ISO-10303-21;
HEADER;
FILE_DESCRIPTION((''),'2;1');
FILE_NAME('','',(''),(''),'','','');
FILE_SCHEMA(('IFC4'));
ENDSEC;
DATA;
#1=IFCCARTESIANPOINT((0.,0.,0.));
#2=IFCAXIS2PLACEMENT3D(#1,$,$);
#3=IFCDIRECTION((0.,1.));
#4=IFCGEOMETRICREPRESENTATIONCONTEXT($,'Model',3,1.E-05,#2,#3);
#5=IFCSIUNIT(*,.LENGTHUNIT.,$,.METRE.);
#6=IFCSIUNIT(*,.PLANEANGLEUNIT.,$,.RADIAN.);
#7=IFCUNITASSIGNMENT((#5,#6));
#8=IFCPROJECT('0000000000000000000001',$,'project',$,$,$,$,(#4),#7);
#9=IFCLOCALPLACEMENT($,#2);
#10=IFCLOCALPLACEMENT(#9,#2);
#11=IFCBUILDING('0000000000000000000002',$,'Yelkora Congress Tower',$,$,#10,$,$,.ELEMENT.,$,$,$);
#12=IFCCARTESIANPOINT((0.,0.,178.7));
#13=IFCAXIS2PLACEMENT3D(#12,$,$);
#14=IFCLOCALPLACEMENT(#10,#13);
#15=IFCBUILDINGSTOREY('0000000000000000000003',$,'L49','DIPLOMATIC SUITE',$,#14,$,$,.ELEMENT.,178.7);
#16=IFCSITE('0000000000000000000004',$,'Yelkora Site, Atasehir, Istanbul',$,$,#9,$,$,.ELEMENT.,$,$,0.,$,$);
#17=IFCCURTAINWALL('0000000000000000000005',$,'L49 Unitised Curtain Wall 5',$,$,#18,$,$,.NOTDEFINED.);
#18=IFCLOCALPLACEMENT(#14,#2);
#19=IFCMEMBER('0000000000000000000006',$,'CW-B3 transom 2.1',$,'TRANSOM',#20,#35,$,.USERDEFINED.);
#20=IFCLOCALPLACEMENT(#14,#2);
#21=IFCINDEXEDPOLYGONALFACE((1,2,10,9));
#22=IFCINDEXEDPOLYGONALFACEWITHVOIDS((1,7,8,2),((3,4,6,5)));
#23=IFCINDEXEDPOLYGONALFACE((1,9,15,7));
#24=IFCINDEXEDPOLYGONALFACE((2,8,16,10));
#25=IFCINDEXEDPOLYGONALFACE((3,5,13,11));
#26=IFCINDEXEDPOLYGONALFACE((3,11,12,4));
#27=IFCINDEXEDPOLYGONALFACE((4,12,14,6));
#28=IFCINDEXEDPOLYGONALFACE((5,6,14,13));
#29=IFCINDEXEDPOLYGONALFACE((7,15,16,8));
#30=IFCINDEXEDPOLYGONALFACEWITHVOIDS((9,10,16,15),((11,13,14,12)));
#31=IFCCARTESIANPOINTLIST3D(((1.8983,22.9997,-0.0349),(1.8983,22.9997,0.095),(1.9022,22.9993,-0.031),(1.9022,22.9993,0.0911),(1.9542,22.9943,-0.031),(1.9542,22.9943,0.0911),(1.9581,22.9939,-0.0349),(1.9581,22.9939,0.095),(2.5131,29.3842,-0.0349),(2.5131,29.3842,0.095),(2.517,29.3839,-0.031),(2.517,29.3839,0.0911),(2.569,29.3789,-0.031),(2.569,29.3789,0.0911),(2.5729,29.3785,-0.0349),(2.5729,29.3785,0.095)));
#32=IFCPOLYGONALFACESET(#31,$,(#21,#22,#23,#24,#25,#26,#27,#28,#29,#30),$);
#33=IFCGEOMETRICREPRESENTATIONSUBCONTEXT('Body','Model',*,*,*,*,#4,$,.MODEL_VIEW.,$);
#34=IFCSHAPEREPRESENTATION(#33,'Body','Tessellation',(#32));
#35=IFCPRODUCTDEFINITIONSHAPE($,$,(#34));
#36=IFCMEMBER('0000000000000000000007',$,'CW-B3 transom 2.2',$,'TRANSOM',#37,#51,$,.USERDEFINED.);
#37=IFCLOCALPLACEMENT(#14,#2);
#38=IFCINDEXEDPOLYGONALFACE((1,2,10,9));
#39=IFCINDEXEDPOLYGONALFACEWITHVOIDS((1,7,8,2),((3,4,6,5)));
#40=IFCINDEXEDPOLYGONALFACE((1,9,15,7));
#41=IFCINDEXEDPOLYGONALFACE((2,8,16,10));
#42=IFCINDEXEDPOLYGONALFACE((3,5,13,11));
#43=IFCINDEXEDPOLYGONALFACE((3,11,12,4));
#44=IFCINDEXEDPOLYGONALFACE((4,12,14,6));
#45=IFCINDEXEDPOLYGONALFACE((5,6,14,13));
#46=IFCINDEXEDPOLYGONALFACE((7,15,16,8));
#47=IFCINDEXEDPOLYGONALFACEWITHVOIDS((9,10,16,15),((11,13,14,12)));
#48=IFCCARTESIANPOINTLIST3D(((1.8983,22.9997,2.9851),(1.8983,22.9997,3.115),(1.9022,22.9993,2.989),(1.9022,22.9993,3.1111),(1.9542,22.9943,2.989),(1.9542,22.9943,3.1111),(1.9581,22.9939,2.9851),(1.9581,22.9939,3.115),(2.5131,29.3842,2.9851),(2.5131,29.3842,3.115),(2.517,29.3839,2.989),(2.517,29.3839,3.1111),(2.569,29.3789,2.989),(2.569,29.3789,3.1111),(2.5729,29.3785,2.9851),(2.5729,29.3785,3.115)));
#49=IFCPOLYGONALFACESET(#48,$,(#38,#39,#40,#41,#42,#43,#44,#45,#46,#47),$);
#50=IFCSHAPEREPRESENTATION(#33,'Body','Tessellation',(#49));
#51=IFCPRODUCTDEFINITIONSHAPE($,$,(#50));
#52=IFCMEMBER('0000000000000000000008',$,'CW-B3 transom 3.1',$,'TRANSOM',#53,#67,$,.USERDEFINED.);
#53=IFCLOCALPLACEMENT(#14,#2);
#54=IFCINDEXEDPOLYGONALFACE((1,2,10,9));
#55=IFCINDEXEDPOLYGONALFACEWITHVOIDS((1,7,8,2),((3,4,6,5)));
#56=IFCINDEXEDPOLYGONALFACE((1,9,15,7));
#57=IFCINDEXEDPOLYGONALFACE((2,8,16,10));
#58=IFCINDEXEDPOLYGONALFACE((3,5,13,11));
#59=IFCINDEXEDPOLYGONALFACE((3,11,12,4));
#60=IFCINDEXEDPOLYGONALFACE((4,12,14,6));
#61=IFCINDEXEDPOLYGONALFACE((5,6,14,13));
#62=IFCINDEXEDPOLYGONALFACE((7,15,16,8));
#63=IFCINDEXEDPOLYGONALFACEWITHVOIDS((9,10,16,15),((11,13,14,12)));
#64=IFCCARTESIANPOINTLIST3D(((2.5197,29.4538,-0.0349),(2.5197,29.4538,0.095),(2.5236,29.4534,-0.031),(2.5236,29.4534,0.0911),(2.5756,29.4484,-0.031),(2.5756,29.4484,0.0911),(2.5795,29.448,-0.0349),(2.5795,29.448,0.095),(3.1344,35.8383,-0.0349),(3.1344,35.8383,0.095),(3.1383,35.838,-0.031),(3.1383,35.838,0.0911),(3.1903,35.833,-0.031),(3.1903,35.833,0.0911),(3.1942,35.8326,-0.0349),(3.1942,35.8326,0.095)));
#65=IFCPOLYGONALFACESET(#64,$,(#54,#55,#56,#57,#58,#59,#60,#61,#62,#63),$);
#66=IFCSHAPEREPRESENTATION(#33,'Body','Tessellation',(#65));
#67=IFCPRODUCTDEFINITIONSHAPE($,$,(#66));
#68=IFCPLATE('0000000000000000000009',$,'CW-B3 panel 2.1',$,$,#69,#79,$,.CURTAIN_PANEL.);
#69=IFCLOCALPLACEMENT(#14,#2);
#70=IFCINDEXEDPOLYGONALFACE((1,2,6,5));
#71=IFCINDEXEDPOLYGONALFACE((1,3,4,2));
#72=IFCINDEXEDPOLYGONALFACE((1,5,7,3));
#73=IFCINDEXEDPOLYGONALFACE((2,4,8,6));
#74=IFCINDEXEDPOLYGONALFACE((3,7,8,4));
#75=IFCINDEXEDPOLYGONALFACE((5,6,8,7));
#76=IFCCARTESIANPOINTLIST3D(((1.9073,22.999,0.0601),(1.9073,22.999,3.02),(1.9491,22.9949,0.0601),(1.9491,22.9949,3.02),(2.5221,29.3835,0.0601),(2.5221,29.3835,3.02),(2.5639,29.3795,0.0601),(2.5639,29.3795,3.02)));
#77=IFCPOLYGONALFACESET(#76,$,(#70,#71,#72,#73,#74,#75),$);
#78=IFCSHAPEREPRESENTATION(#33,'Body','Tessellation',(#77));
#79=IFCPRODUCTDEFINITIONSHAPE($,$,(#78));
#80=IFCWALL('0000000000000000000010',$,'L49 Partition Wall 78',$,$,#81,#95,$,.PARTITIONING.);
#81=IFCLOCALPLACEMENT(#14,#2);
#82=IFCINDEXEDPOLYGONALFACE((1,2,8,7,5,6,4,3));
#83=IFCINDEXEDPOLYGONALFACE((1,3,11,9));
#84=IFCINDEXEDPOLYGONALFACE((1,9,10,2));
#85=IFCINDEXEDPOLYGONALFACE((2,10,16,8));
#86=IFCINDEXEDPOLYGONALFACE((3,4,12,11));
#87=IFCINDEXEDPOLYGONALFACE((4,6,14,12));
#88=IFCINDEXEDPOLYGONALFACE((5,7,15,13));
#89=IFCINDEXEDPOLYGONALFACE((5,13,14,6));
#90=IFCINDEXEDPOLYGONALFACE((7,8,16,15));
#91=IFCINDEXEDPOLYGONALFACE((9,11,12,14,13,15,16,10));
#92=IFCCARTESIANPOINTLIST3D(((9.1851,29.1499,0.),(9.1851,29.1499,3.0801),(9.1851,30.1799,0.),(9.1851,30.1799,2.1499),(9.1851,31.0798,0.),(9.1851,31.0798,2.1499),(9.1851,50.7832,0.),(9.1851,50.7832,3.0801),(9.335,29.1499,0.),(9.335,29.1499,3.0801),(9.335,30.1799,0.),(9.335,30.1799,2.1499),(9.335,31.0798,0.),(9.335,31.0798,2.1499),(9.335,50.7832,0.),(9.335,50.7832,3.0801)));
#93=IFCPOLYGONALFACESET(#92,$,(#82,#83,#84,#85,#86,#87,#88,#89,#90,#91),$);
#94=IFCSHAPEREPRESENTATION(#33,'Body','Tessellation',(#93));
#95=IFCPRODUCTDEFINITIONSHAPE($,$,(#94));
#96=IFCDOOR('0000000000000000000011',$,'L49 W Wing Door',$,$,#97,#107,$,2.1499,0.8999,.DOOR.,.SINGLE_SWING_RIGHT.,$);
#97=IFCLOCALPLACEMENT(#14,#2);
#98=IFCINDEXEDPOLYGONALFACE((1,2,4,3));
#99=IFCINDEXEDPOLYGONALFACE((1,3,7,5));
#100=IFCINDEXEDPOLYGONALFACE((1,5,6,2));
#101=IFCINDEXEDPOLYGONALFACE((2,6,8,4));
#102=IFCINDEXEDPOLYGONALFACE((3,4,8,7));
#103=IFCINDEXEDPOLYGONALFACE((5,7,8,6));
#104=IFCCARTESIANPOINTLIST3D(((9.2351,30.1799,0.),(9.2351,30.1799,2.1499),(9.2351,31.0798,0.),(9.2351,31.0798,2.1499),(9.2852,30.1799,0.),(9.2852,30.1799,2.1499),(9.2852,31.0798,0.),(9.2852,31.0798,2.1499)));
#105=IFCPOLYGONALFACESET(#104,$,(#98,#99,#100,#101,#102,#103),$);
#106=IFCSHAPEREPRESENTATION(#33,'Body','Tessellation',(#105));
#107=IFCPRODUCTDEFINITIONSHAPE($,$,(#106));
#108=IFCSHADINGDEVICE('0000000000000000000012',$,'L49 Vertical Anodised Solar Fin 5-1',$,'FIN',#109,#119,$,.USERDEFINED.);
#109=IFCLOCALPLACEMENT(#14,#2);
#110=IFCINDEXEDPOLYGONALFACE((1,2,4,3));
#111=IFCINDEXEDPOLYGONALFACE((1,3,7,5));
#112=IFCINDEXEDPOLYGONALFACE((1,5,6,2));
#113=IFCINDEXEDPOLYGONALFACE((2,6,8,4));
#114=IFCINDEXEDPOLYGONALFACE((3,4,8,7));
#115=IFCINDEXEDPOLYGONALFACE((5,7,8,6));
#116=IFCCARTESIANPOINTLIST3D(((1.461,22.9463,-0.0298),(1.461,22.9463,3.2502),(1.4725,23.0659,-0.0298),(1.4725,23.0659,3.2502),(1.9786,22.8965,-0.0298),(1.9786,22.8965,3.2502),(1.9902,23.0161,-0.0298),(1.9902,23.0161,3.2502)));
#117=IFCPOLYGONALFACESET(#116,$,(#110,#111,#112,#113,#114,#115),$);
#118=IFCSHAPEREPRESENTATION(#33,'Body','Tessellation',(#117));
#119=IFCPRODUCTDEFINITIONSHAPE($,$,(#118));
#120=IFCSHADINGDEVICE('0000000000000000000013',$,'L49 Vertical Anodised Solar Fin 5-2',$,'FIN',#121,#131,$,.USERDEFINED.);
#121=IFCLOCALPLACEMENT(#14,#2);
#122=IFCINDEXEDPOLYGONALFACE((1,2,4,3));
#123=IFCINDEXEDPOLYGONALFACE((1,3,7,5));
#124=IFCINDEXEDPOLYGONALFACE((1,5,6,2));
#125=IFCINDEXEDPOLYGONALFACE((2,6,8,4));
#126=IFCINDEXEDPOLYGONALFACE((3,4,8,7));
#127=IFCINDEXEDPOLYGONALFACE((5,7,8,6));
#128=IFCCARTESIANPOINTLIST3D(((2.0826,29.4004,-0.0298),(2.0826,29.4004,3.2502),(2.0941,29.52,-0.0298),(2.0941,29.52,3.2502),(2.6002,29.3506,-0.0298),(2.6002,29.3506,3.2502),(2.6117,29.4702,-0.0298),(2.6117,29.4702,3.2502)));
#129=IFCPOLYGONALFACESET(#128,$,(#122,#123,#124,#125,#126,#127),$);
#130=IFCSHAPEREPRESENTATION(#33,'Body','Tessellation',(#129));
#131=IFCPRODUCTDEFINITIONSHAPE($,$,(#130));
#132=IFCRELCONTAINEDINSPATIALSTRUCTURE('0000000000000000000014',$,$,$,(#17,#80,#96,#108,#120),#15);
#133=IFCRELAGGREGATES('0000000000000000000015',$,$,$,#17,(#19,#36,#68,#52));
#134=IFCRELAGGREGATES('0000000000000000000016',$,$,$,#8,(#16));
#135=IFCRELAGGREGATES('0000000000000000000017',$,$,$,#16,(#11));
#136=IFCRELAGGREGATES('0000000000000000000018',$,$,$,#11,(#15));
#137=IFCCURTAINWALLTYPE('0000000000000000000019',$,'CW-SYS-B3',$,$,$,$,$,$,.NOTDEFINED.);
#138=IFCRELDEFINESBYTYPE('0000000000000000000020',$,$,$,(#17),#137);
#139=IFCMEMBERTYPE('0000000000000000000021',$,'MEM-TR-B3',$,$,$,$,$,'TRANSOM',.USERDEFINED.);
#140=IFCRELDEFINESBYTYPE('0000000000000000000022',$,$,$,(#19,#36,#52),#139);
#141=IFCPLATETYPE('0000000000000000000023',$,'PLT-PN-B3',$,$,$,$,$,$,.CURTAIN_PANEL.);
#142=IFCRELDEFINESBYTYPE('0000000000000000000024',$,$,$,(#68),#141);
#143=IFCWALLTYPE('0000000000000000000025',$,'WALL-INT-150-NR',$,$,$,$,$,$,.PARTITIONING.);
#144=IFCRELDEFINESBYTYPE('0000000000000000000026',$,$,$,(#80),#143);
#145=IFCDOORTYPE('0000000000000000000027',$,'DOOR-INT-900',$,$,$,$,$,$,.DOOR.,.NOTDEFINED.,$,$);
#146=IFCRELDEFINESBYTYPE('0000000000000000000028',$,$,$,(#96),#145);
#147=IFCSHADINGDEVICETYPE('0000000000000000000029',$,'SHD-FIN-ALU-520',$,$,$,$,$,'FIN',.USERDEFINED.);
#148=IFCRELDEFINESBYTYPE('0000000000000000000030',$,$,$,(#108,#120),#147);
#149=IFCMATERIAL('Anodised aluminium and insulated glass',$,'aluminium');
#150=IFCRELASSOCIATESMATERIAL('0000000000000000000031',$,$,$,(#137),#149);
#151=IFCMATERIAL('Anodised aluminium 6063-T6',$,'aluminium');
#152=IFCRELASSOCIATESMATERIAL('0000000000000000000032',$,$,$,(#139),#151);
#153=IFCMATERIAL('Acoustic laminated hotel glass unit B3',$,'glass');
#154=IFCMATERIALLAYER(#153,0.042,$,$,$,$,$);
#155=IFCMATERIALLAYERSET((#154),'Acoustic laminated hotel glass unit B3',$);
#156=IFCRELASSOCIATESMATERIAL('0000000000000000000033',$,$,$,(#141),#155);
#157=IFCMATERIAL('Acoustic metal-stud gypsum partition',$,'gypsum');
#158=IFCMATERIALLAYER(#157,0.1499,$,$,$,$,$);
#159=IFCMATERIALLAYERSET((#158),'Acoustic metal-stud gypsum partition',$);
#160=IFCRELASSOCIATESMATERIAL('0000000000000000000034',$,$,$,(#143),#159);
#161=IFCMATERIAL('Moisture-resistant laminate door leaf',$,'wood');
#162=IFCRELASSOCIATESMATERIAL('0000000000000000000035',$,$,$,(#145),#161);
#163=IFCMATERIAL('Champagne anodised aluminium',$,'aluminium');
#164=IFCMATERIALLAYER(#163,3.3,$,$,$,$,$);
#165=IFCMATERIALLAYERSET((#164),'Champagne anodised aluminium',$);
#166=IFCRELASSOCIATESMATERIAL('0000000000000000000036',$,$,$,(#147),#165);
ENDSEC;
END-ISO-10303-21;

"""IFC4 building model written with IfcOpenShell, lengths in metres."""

from ifc_helpers import new_model, si_unit, direction, frame, frame_2d, origin, origin_2d, place, context, subcontext, project, spatial, rectangle, hollow_rectangle, extrude, material, layer, layer_set, material_profile, profile_set, type_object, element, fill, aggregate, save


model = new_model("IFC4")

# Units and contexts
model_context = context("Model", 3, precision=1e-05, world=origin(), true_north=direction((0.0, 1.0)))
body_context = subcontext(model_context, "Body", "Model", "MODEL_VIEW")
ifc_project = project(units=[si_unit("LENGTHUNIT", "METRE"), si_unit("PLANEANGLEUNIT", "RADIAN")], contexts=[model_context])

# Site, building, storey
site_placement = place(None, origin())
site = spatial("IfcSite", under=ifc_project, at=site_placement, Name="Yelkora Site, Atasehir, Istanbul", CompositionType="ELEMENT", RefElevation=0.0)
building_placement = place(site_placement, origin())
building = spatial("IfcBuilding", under=site, at=building_placement, Name="Yelkora Congress Tower", CompositionType="ELEMENT")
storey_placement = place(building_placement, frame((0.0, 0.0, 178.7)))
storey = spatial("IfcBuildingStorey", under=building, at=storey_placement, Name="L49", Description="DIPLOMATIC SUITE", CompositionType="ELEMENT", Elevation=178.7)

# Curtain wall, members, plate
ifc_material_1 = material(Name="Anodised aluminium and insulated glass", Category="aluminium")
curtain_wall_type = type_object("IfcCurtainWallType", Name="CW-SYS-B3", PredefinedType="NOTDEFINED", material=ifc_material_1)
curtain_wall_placement = place(storey_placement, origin())
curtain_wall = element("IfcCurtainWall", 1, at=curtain_wall_placement, inside=storey, type_object=curtain_wall_type, Name="L49 Unitised Curtain Wall 5", PredefinedType="NOTDEFINED")
ifc_material_2 = material(Name="Anodised aluminium 6063-T6", Category="aluminium")
ifc_material_profile_1 = material_profile(ifc_material_2, hollow_rectangle(XDim=0.0601, YDim=0.1299, WallThickness=0.0039, at=origin_2d()), Name="ALU 60x130x4")
ifc_profile_set_1 = profile_set([ifc_material_profile_1], Name="Anodised aluminium 6063-T6")
member_type_1 = type_object("IfcMemberType", Name="MEM-TR-B3", ElementType="TRANSOM", PredefinedType="USERDEFINED", material=ifc_profile_set_1)
member_1_placement = place(storey_placement, frame((1.9282, 22.9968, 0.03), z_axis=(0.095844, 0.995396, 0.0), x_axis=(-0.995396, 0.095844, 0.0)))
member_1 = element("IfcMember", 2, at=member_1_placement, type_object=member_type_1, Name="CW-B3 transom 2.1", ObjectType="TRANSOM", PredefinedType="USERDEFINED", context=body_context, shape_type="SweptSolid", body=[
    extrude(hollow_rectangle(XDim=0.0601, YDim=0.1299, WallThickness=0.0039, at=origin_2d()), origin(), (0.0, 0.0, 1.0), 6.4141),
])
member_2_placement = place(storey_placement, frame((1.9282, 22.9968, 3.05), z_axis=(0.095844, 0.995396, 0.0), x_axis=(-0.995396, 0.095844, 0.0)))
member_2 = element("IfcMember", 3, at=member_2_placement, type_object=member_type_1, Name="CW-B3 transom 2.2", ObjectType="TRANSOM", PredefinedType="USERDEFINED", context=body_context, shape_type="SweptSolid", body=[
    extrude(hollow_rectangle(XDim=0.0601, YDim=0.1299, WallThickness=0.0039, at=origin_2d()), origin(), (0.0, 0.0, 1.0), 6.4141),
])
member_3_placement = place(storey_placement, frame((2.5496, 29.4509, 0.03), z_axis=(0.095844, 0.995396, 0.0), x_axis=(-0.995396, 0.095844, 0.0)))
member_3 = element("IfcMember", 4, at=member_3_placement, type_object=member_type_1, Name="CW-B3 transom 3.1", ObjectType="TRANSOM", PredefinedType="USERDEFINED", context=body_context, shape_type="SweptSolid", body=[
    extrude(hollow_rectangle(XDim=0.0601, YDim=0.1299, WallThickness=0.0039, at=origin_2d()), origin(), (0.0, 0.0, 1.0), 6.4141),
])
ifc_material_3 = material(Name="Acoustic laminated hotel glass unit B3", Category="glass")
ifc_layer_1 = layer(ifc_material_3, 0.042)
ifc_layer_set_1 = layer_set([ifc_layer_1], Name="Acoustic laminated hotel glass unit B3")
plate_type = type_object("IfcPlateType", Name="PLT-PN-B3", PredefinedType="CURTAIN_PANEL", material=ifc_layer_set_1)
plate_placement = place(storey_placement, frame((2.2356, 26.1892, 0.0601), z_axis=(0.0, 0.0, 1.0), x_axis=(0.095845, 0.995396, 0.0)))
plate = element("IfcPlate", 5, at=plate_placement, type_object=plate_type, Name="CW-B3 panel 2.1", PredefinedType="CURTAIN_PANEL", context=body_context, shape_type="SweptSolid", body=[
    extrude(rectangle(XDim=6.4141, YDim=0.042, at=origin_2d()), origin(), (0.0, 0.0, 1.0), 2.96),
])
aggregate(curtain_wall, [member_1, member_2, plate, member_3])

# Wall, opening, door
ifc_material_4 = material(Name="Acoustic metal-stud gypsum partition", Category="gypsum")
ifc_layer_2 = layer(ifc_material_4, 0.1499)
ifc_layer_set_2 = layer_set([ifc_layer_2], Name="Acoustic metal-stud gypsum partition")
wall_type_1 = type_object("IfcWallType", Name="WALL-INT-150-NR", PredefinedType="PARTITIONING", material=ifc_layer_set_2)
wall_1_placement = place(storey_placement, frame((9.26, 29.1499, 0.0), z_axis=(0.0, 0.0, 1.0), x_axis=(0.0, 1.0, 0.0)))
wall_1 = element("IfcWall", 6, at=wall_1_placement, inside=storey, type_object=wall_type_1, Name="L49 Partition Wall 78", PredefinedType="PARTITIONING", context=body_context, shape_type="SweptSolid", body=[
    extrude(rectangle(XDim=21.6333, YDim=0.1499, at=frame_2d((10.8167, 0.0))), origin(), (0.0, 0.0, 1.0), 3.0801),
])
opening_1_placement = place(wall_1_placement, frame((1.03, 0.0, 0.0)))
opening_1 = element("IfcOpeningElement", 7, at=opening_1_placement, cuts=wall_1, PredefinedType="OPENING", context=body_context, shape_type="SweptSolid", body=[
    extrude(rectangle(XDim=0.8999, YDim=2.1499, at=frame_2d((0.45, 1.075))), frame((0.0, 0.085, 0.0), z_axis=(0.0, -1.0, 0.0), x_axis=(1.0, 0.0, 0.0)), (0.0, 0.0, 1.0), 0.1699),
])
ifc_material_5 = material(Name="Moisture-resistant laminate door leaf", Category="wood")
door_type_1 = type_object("IfcDoorType", Name="DOOR-INT-900", OperationType="NOTDEFINED", PredefinedType="DOOR", material=ifc_material_5)
door_1_placement = place(opening_1_placement, origin())
door_1 = element("IfcDoor", 8, at=door_1_placement, inside=storey, type_object=door_type_1, Name="L49 W Wing Door", OperationType="SINGLE_SWING_RIGHT", OverallHeight=2.1499, OverallWidth=0.8999, PredefinedType="DOOR", context=body_context, shape_type="SweptSolid", body=[
    extrude(rectangle(XDim=0.8999, YDim=2.1499, at=frame_2d((0.45, 1.075))), frame((0.0, 0.0249, 0.0), z_axis=(0.0, -1.0, 0.0), x_axis=(1.0, 0.0, 0.0)), (0.0, 0.0, 1.0), 0.05),
])
fill(opening_1, door_1)

# Shading devices
ifc_material_6 = material(Name="Champagne anodised aluminium", Category="aluminium")
ifc_layer_3 = layer(ifc_material_6, 3.3)
ifc_layer_set_3 = layer_set([ifc_layer_3], Name="Champagne anodised aluminium")
shading_device_type = type_object("IfcShadingDeviceType", Name="SHD-FIN-ALU-520", ElementType="FIN", PredefinedType="USERDEFINED", material=ifc_layer_set_3)
for number, where, z_axis, x_axis, name in (
    (9, (1.7256, 22.9812, -0.0298), (0.0, 0.0, 1.0), (0.095846, 0.995396, 0.0), "L49 Vertical Anodised Solar Fin 5-1"),
    (10, (2.3472, 29.4353, -0.0298), (0.0, 0.0, 1.0), (0.095846, 0.995396, 0.0), "L49 Vertical Anodised Solar Fin 5-2"),
):
    element("IfcShadingDevice", number, at=place(storey_placement, frame(where, z_axis=z_axis, x_axis=x_axis)), inside=storey, type_object=shading_device_type, Name=name, ObjectType="FIN", PredefinedType="USERDEFINED", context=body_context, shape_type="SweptSolid", body=[
        extrude(rectangle(XDim=0.1201, YDim=0.52, at=origin_2d()), origin(), (0.0, 0.0, 1.0), 3.28),
    ])

save(model, "model.ifc")
